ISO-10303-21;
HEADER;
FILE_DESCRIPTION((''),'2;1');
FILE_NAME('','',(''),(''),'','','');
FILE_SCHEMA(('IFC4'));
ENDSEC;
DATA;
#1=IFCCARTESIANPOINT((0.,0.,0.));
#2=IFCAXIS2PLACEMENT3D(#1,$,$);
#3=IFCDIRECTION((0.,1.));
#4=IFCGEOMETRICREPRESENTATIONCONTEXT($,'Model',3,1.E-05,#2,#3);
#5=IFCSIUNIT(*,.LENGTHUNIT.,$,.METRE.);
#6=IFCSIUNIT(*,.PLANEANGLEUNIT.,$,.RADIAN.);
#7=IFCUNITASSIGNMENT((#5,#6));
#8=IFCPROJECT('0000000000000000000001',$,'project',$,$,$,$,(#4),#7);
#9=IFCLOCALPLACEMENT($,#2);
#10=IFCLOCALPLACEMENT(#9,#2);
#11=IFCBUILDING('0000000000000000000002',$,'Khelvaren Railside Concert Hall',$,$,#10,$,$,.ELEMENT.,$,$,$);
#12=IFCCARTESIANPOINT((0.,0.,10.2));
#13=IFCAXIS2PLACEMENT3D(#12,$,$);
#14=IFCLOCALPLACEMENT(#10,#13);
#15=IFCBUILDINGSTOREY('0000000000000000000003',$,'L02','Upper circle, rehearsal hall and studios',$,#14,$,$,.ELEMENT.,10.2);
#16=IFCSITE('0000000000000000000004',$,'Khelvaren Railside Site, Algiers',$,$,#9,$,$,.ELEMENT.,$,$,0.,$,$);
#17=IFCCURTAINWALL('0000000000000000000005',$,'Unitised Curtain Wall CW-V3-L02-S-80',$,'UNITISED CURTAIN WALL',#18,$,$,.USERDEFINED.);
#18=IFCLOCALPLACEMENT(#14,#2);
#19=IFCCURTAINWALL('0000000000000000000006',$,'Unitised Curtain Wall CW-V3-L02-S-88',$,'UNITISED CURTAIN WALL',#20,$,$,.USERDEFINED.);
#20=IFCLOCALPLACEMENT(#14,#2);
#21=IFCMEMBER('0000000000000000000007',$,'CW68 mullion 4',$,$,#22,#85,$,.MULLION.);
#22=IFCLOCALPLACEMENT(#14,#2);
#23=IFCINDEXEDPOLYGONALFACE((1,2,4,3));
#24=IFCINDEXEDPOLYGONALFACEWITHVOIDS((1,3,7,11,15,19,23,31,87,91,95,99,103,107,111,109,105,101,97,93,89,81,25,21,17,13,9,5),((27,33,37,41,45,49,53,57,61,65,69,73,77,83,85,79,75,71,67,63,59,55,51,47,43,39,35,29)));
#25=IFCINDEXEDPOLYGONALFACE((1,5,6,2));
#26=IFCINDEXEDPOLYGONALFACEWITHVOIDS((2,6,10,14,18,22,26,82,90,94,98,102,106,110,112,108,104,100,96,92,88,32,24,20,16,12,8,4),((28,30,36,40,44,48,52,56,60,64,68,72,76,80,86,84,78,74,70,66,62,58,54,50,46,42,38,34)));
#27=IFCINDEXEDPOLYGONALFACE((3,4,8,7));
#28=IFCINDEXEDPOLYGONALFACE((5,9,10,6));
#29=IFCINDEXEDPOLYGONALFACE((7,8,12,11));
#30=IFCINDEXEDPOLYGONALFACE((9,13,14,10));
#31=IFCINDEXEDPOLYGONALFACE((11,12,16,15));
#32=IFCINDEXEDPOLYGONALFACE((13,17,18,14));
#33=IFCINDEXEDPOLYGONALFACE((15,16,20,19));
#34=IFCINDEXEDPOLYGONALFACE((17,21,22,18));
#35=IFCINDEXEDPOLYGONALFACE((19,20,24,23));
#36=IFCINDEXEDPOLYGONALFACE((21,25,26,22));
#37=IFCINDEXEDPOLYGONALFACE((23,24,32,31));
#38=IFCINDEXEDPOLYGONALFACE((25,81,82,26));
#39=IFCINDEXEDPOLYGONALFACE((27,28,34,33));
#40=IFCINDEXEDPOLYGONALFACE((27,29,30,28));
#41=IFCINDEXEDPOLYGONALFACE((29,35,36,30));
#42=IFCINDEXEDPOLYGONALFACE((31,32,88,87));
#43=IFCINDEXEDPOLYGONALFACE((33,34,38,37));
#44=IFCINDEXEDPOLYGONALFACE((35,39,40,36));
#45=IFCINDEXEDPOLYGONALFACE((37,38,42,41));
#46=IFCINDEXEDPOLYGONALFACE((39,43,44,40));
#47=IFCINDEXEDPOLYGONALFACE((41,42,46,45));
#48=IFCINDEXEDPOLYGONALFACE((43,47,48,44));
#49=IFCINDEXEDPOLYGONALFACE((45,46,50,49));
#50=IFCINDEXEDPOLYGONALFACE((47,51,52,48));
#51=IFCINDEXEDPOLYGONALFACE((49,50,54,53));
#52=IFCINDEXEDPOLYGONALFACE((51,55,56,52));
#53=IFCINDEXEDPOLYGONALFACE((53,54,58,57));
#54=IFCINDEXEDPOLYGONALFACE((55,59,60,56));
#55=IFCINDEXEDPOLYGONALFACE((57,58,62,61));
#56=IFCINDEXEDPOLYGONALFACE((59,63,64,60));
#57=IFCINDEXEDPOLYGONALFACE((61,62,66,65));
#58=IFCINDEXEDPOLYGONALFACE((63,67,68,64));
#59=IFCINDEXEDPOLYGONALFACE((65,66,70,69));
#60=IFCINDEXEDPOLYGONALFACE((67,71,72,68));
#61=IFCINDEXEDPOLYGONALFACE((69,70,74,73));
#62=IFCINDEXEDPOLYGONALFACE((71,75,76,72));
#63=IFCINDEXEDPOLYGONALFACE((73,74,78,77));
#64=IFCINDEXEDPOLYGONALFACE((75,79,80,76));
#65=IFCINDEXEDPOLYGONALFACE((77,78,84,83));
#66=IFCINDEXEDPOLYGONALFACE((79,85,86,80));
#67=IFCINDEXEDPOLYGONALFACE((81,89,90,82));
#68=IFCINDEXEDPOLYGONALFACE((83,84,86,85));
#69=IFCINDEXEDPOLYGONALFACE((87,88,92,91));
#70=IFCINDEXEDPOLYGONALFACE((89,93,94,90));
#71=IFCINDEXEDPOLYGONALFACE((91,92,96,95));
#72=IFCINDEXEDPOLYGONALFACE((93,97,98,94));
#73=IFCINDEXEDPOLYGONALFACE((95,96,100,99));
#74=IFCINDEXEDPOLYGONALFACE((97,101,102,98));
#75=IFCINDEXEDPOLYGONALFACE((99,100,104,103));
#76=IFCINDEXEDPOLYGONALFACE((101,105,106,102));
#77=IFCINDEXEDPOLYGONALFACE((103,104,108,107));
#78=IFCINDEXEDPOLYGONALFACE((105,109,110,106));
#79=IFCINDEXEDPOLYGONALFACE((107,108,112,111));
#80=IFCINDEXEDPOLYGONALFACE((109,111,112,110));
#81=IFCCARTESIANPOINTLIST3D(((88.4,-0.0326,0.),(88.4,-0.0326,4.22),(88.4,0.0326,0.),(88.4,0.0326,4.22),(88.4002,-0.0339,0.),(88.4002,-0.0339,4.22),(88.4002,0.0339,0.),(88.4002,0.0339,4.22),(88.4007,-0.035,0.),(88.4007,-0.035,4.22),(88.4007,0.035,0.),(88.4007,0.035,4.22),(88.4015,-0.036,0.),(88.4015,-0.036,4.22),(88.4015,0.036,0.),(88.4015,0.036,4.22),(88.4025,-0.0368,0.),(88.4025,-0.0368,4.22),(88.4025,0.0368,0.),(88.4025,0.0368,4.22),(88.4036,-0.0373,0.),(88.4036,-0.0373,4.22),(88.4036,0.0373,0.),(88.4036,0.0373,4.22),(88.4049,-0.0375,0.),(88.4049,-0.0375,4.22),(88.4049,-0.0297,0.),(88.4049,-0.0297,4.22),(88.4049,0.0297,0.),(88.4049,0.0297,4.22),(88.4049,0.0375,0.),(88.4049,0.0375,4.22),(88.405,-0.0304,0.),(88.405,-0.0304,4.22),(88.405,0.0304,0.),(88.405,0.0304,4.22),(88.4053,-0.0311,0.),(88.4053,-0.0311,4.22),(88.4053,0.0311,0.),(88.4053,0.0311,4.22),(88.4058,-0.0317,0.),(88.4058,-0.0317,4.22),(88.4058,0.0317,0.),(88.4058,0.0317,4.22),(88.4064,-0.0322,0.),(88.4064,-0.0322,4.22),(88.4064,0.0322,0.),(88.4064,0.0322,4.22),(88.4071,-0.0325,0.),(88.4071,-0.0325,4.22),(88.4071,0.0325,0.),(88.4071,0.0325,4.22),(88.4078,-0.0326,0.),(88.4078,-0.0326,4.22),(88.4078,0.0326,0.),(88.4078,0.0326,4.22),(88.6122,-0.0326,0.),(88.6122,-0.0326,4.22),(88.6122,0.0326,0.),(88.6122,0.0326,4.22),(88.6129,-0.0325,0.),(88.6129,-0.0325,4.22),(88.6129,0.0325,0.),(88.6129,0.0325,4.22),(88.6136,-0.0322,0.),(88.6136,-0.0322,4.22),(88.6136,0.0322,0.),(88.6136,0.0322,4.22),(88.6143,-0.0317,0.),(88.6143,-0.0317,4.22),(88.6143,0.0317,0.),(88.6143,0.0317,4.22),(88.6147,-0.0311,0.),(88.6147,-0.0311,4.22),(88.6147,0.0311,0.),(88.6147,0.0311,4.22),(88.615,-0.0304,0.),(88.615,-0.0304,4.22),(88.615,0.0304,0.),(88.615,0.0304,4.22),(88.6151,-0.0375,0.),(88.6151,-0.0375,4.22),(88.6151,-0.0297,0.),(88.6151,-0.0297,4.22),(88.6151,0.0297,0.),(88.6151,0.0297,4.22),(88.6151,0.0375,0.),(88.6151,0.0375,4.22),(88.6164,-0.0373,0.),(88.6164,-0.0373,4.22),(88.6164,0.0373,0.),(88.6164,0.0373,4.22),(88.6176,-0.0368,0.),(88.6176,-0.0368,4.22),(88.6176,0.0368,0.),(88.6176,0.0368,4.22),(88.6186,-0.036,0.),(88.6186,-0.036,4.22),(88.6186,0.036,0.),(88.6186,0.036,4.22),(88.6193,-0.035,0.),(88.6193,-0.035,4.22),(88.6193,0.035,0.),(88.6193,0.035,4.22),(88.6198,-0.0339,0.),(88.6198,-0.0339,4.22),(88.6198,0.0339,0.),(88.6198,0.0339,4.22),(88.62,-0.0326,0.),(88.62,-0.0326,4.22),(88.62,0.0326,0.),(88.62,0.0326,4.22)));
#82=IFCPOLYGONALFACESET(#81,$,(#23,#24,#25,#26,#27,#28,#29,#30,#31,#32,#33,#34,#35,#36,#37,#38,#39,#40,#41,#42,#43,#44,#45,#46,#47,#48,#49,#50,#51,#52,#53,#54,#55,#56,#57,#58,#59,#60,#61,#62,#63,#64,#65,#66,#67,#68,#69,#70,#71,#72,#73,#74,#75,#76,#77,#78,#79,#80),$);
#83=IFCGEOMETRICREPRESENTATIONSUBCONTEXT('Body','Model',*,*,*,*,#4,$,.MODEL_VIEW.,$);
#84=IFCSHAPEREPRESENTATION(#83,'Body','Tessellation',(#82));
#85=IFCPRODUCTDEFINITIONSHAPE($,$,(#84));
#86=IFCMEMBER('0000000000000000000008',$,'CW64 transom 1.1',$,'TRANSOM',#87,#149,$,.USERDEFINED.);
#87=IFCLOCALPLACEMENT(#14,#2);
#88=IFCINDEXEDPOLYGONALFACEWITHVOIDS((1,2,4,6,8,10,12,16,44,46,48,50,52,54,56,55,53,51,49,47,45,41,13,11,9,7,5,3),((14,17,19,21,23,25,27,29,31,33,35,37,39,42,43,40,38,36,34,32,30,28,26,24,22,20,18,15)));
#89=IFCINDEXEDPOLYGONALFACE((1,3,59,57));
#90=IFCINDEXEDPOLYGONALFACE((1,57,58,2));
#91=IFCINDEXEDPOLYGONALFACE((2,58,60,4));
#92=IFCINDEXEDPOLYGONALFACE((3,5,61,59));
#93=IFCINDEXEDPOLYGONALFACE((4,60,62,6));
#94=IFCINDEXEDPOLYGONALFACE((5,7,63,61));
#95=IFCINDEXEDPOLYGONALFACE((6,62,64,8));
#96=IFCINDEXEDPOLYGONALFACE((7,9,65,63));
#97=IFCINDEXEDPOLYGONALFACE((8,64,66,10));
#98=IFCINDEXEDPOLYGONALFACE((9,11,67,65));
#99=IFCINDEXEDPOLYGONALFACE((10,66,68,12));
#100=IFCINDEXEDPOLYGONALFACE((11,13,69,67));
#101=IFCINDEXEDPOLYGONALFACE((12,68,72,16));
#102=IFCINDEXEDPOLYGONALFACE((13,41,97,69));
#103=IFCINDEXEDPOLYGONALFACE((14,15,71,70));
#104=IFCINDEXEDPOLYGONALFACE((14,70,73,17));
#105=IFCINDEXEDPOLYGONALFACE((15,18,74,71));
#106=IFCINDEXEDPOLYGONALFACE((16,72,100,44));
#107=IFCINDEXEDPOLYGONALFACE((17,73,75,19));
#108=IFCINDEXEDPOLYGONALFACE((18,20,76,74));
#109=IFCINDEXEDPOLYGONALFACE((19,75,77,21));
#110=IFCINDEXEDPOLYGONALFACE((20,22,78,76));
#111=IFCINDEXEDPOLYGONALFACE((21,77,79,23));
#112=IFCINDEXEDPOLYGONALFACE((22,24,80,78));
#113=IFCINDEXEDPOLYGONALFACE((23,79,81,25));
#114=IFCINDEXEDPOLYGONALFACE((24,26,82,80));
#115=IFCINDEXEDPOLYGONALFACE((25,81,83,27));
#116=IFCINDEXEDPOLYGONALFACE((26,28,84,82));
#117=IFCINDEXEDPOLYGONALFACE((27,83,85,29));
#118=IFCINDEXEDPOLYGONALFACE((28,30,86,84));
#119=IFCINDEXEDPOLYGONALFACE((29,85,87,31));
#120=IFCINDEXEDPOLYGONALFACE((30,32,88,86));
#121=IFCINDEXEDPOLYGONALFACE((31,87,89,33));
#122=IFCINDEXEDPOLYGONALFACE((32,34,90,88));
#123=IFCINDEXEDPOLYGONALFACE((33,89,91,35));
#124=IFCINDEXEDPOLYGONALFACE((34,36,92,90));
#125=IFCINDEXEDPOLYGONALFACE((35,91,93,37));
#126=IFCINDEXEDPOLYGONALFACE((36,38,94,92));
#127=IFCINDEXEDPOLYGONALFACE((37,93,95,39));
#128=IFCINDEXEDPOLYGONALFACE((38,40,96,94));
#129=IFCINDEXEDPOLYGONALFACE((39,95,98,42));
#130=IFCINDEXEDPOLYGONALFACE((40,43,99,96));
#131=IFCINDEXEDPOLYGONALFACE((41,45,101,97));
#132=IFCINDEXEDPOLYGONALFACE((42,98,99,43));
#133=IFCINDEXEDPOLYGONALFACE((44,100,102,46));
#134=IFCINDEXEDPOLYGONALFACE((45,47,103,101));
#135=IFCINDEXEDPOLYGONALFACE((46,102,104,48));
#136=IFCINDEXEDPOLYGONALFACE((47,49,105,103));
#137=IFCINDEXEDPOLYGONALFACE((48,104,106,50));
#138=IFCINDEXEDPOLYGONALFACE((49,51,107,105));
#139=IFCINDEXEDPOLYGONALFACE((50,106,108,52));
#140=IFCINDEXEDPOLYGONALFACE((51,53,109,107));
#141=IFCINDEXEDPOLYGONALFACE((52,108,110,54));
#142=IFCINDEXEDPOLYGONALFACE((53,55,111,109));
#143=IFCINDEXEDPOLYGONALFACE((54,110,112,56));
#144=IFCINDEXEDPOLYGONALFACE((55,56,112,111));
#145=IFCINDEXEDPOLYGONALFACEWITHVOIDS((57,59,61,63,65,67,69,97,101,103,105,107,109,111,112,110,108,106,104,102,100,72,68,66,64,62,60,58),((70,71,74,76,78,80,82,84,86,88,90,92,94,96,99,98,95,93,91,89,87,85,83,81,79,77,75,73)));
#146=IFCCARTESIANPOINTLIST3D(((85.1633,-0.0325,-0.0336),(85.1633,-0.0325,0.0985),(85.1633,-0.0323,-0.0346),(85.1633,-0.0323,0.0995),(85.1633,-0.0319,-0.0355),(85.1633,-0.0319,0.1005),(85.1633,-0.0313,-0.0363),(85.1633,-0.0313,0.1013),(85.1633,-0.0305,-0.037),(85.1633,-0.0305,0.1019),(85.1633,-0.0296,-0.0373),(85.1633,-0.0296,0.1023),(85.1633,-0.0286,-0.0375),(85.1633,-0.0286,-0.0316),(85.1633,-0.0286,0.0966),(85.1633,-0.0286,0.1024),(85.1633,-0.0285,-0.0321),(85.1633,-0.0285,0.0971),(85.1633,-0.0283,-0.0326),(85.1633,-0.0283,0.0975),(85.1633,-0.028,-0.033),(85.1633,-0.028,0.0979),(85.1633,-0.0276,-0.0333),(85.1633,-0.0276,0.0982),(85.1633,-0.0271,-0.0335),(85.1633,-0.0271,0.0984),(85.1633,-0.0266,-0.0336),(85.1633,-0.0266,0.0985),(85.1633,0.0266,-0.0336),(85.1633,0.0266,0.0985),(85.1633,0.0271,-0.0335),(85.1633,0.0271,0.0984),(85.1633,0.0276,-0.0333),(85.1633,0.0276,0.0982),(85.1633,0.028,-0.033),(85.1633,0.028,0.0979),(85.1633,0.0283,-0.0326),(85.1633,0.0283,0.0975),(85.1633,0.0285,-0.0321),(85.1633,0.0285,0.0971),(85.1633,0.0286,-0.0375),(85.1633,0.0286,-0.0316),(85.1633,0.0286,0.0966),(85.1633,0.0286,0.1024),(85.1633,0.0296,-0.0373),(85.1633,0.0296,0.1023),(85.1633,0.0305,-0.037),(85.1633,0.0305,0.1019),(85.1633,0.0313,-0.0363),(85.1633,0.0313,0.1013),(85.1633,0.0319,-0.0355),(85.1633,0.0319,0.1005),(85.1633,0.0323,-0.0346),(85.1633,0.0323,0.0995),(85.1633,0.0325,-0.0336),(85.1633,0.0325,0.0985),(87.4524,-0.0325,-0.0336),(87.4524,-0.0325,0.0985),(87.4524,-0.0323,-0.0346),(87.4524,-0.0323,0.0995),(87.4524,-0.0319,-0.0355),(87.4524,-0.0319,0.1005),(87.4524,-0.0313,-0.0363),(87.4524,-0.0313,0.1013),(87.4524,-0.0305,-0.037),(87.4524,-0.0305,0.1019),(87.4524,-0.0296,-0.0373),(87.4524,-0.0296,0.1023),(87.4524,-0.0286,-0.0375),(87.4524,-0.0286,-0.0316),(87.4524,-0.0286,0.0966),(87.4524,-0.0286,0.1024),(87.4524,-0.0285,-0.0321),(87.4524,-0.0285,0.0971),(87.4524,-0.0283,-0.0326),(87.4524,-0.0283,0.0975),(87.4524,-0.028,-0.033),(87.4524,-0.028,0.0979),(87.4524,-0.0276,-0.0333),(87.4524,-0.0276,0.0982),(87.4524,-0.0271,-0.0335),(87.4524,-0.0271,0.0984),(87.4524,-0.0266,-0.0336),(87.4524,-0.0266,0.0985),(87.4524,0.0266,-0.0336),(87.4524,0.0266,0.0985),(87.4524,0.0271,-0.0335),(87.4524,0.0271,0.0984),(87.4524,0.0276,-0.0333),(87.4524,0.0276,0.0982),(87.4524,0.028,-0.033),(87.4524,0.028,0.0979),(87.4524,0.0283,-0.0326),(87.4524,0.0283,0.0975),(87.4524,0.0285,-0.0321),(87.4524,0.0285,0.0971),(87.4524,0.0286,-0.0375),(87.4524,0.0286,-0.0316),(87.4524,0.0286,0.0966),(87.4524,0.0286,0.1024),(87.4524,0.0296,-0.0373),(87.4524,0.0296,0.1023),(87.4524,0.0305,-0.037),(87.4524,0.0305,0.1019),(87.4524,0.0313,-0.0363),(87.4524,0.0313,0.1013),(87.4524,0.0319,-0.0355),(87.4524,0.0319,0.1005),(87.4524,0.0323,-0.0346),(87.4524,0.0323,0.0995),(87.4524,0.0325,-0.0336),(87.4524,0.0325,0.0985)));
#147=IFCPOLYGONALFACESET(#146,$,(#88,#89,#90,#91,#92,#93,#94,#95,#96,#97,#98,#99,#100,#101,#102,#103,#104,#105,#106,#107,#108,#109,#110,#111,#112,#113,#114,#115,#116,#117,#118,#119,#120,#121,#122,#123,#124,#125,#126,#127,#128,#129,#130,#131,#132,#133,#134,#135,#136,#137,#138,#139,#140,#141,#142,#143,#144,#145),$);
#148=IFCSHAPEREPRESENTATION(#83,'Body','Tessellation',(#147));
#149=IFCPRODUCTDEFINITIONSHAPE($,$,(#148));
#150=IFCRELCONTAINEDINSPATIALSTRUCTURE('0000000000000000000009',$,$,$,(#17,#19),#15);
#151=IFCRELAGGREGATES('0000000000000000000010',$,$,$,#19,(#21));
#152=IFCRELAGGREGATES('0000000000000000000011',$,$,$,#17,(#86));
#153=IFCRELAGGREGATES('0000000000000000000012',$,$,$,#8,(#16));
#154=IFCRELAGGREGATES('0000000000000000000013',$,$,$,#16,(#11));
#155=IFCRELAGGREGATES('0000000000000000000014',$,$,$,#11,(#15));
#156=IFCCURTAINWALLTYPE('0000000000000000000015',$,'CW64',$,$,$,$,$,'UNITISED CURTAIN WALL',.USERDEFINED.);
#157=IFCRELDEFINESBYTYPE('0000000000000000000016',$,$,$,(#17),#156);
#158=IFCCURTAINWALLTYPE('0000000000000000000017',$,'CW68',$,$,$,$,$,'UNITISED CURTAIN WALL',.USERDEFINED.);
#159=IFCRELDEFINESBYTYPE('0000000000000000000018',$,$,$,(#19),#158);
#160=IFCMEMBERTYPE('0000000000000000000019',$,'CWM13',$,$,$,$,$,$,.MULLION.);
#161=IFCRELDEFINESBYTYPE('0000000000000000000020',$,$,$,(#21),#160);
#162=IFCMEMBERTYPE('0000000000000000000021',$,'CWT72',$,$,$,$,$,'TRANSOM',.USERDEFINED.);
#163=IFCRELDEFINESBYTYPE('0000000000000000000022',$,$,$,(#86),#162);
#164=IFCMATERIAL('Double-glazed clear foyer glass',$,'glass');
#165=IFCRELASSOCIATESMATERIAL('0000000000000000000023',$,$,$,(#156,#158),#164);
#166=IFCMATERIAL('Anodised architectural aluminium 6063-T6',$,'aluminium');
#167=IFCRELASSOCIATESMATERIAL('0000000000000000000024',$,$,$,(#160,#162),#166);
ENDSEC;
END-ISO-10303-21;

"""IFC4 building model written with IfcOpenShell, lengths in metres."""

from ifc_helpers import new_model, si_unit, direction, frame, origin, origin_2d, place, context, subcontext, project, spatial, hollow_rectangle, extrude, material, material_profile, profile_set, type_object, element, aggregate, save


model = new_model("IFC4")

# Units and contexts
model_context = context("Model", 3, precision=1e-05, world=origin(), true_north=direction((0.0, 1.0)))
body_context = subcontext(model_context, "Body", "Model", "MODEL_VIEW")
ifc_project = project(units=[si_unit("LENGTHUNIT", "METRE"), si_unit("PLANEANGLEUNIT", "RADIAN")], contexts=[model_context])

# Site, building, storey
site_placement = place(None, origin())
site = spatial("IfcSite", under=ifc_project, at=site_placement, Name="Khelvaren Railside Site, Algiers", CompositionType="ELEMENT", RefElevation=0.0)
building_placement = place(site_placement, origin())
building = spatial("IfcBuilding", under=site, at=building_placement, Name="Khelvaren Railside Concert Hall", CompositionType="ELEMENT")
storey_placement = place(building_placement, frame((0.0, 0.0, 10.2)))
storey = spatial("IfcBuildingStorey", under=building, at=storey_placement, Name="L02", Description="Upper circle, rehearsal hall and studios", CompositionType="ELEMENT", Elevation=10.2)

# Curtain wall
ifc_material_1 = material(Name="Double-glazed clear foyer glass", Category="glass")
curtain_wall_type_1 = type_object("IfcCurtainWallType", Name="CW64", ElementType="UNITISED CURTAIN WALL", PredefinedType="USERDEFINED", material=ifc_material_1)
curtain_wall_1_placement = place(storey_placement, origin())
curtain_wall_1 = element("IfcCurtainWall", 1, at=curtain_wall_1_placement, inside=storey, type_object=curtain_wall_type_1, Name="Unitised Curtain Wall CW-V3-L02-S-80", ObjectType="UNITISED CURTAIN WALL", PredefinedType="USERDEFINED")
ifc_material_2 = material(Name="Anodised architectural aluminium 6063-T6", Category="aluminium")
ifc_material_profile_1 = material_profile(ifc_material_2, hollow_rectangle(XDim=0.075, YDim=0.22, WallThickness=0.0049, InnerFilletRadius=0.0029, OuterFilletRadius=0.0049, at=origin_2d()), Name="CWM 75x220x5")
ifc_profile_set_1 = profile_set([ifc_material_profile_1], Name="Anodised architectural aluminium 6063-T6")
member_type_1 = type_object("IfcMemberType", Name="CWM13", PredefinedType="MULLION", material=ifc_profile_set_1)

# Curtain wall, member
curtain_wall_type_2 = type_object("IfcCurtainWallType", Name="CW68", ElementType="UNITISED CURTAIN WALL", PredefinedType="USERDEFINED", material=ifc_material_1)
curtain_wall_2_placement = place(storey_placement, origin())
curtain_wall_2 = element("IfcCurtainWall", 2, at=curtain_wall_2_placement, inside=storey, type_object=curtain_wall_type_2, Name="Unitised Curtain Wall CW-V3-L02-S-88", ObjectType="UNITISED CURTAIN WALL", PredefinedType="USERDEFINED")
member_1_placement = place(storey_placement, frame((88.51, 0.0, 0.0), z_axis=(0.0, 0.0, 1.0), x_axis=(0.0, -1.0, 0.0)))
member_1 = element("IfcMember", 3, at=member_1_placement, type_object=member_type_1, Name="CW68 mullion 4", PredefinedType="MULLION", context=body_context, shape_type="SweptSolid", body=[
    extrude(hollow_rectangle(XDim=0.075, YDim=0.22, WallThickness=0.0049, InnerFilletRadius=0.0029, OuterFilletRadius=0.0049, at=origin_2d()), origin(), (0.0, 0.0, 1.0), 4.22),
])
aggregate(curtain_wall_2, [member_1])

# Member
ifc_material_profile_2 = material_profile(ifc_material_2, hollow_rectangle(XDim=0.0649, YDim=0.1399, WallThickness=0.0039, InnerFilletRadius=0.002, OuterFilletRadius=0.0039, at=origin_2d()), Name="CWT 65x140x4")
ifc_profile_set_2 = profile_set([ifc_material_profile_2], Name="Anodised architectural aluminium 6063-T6")
member_type_2 = type_object("IfcMemberType", Name="CWT72", ElementType="TRANSOM", PredefinedType="USERDEFINED", material=ifc_profile_set_2)
member_2_placement = place(storey_placement, frame((87.4524, 0.0, 0.0325), z_axis=(-1.0, 0.0, 0.0), x_axis=(0.0, -1.0, 0.0)))
member_2 = element("IfcMember", 4, at=member_2_placement, type_object=member_type_2, Name="CW64 transom 1.1", ObjectType="TRANSOM", PredefinedType="USERDEFINED", context=body_context, shape_type="SweptSolid", body=[
    extrude(hollow_rectangle(XDim=0.0649, YDim=0.1399, WallThickness=0.0039, InnerFilletRadius=0.002, OuterFilletRadius=0.0039, at=origin_2d()), origin(), (0.0, 0.0, 1.0), 2.2891),
])

aggregate(curtain_wall_1, [member_2])

save(model, "model.ifc")
